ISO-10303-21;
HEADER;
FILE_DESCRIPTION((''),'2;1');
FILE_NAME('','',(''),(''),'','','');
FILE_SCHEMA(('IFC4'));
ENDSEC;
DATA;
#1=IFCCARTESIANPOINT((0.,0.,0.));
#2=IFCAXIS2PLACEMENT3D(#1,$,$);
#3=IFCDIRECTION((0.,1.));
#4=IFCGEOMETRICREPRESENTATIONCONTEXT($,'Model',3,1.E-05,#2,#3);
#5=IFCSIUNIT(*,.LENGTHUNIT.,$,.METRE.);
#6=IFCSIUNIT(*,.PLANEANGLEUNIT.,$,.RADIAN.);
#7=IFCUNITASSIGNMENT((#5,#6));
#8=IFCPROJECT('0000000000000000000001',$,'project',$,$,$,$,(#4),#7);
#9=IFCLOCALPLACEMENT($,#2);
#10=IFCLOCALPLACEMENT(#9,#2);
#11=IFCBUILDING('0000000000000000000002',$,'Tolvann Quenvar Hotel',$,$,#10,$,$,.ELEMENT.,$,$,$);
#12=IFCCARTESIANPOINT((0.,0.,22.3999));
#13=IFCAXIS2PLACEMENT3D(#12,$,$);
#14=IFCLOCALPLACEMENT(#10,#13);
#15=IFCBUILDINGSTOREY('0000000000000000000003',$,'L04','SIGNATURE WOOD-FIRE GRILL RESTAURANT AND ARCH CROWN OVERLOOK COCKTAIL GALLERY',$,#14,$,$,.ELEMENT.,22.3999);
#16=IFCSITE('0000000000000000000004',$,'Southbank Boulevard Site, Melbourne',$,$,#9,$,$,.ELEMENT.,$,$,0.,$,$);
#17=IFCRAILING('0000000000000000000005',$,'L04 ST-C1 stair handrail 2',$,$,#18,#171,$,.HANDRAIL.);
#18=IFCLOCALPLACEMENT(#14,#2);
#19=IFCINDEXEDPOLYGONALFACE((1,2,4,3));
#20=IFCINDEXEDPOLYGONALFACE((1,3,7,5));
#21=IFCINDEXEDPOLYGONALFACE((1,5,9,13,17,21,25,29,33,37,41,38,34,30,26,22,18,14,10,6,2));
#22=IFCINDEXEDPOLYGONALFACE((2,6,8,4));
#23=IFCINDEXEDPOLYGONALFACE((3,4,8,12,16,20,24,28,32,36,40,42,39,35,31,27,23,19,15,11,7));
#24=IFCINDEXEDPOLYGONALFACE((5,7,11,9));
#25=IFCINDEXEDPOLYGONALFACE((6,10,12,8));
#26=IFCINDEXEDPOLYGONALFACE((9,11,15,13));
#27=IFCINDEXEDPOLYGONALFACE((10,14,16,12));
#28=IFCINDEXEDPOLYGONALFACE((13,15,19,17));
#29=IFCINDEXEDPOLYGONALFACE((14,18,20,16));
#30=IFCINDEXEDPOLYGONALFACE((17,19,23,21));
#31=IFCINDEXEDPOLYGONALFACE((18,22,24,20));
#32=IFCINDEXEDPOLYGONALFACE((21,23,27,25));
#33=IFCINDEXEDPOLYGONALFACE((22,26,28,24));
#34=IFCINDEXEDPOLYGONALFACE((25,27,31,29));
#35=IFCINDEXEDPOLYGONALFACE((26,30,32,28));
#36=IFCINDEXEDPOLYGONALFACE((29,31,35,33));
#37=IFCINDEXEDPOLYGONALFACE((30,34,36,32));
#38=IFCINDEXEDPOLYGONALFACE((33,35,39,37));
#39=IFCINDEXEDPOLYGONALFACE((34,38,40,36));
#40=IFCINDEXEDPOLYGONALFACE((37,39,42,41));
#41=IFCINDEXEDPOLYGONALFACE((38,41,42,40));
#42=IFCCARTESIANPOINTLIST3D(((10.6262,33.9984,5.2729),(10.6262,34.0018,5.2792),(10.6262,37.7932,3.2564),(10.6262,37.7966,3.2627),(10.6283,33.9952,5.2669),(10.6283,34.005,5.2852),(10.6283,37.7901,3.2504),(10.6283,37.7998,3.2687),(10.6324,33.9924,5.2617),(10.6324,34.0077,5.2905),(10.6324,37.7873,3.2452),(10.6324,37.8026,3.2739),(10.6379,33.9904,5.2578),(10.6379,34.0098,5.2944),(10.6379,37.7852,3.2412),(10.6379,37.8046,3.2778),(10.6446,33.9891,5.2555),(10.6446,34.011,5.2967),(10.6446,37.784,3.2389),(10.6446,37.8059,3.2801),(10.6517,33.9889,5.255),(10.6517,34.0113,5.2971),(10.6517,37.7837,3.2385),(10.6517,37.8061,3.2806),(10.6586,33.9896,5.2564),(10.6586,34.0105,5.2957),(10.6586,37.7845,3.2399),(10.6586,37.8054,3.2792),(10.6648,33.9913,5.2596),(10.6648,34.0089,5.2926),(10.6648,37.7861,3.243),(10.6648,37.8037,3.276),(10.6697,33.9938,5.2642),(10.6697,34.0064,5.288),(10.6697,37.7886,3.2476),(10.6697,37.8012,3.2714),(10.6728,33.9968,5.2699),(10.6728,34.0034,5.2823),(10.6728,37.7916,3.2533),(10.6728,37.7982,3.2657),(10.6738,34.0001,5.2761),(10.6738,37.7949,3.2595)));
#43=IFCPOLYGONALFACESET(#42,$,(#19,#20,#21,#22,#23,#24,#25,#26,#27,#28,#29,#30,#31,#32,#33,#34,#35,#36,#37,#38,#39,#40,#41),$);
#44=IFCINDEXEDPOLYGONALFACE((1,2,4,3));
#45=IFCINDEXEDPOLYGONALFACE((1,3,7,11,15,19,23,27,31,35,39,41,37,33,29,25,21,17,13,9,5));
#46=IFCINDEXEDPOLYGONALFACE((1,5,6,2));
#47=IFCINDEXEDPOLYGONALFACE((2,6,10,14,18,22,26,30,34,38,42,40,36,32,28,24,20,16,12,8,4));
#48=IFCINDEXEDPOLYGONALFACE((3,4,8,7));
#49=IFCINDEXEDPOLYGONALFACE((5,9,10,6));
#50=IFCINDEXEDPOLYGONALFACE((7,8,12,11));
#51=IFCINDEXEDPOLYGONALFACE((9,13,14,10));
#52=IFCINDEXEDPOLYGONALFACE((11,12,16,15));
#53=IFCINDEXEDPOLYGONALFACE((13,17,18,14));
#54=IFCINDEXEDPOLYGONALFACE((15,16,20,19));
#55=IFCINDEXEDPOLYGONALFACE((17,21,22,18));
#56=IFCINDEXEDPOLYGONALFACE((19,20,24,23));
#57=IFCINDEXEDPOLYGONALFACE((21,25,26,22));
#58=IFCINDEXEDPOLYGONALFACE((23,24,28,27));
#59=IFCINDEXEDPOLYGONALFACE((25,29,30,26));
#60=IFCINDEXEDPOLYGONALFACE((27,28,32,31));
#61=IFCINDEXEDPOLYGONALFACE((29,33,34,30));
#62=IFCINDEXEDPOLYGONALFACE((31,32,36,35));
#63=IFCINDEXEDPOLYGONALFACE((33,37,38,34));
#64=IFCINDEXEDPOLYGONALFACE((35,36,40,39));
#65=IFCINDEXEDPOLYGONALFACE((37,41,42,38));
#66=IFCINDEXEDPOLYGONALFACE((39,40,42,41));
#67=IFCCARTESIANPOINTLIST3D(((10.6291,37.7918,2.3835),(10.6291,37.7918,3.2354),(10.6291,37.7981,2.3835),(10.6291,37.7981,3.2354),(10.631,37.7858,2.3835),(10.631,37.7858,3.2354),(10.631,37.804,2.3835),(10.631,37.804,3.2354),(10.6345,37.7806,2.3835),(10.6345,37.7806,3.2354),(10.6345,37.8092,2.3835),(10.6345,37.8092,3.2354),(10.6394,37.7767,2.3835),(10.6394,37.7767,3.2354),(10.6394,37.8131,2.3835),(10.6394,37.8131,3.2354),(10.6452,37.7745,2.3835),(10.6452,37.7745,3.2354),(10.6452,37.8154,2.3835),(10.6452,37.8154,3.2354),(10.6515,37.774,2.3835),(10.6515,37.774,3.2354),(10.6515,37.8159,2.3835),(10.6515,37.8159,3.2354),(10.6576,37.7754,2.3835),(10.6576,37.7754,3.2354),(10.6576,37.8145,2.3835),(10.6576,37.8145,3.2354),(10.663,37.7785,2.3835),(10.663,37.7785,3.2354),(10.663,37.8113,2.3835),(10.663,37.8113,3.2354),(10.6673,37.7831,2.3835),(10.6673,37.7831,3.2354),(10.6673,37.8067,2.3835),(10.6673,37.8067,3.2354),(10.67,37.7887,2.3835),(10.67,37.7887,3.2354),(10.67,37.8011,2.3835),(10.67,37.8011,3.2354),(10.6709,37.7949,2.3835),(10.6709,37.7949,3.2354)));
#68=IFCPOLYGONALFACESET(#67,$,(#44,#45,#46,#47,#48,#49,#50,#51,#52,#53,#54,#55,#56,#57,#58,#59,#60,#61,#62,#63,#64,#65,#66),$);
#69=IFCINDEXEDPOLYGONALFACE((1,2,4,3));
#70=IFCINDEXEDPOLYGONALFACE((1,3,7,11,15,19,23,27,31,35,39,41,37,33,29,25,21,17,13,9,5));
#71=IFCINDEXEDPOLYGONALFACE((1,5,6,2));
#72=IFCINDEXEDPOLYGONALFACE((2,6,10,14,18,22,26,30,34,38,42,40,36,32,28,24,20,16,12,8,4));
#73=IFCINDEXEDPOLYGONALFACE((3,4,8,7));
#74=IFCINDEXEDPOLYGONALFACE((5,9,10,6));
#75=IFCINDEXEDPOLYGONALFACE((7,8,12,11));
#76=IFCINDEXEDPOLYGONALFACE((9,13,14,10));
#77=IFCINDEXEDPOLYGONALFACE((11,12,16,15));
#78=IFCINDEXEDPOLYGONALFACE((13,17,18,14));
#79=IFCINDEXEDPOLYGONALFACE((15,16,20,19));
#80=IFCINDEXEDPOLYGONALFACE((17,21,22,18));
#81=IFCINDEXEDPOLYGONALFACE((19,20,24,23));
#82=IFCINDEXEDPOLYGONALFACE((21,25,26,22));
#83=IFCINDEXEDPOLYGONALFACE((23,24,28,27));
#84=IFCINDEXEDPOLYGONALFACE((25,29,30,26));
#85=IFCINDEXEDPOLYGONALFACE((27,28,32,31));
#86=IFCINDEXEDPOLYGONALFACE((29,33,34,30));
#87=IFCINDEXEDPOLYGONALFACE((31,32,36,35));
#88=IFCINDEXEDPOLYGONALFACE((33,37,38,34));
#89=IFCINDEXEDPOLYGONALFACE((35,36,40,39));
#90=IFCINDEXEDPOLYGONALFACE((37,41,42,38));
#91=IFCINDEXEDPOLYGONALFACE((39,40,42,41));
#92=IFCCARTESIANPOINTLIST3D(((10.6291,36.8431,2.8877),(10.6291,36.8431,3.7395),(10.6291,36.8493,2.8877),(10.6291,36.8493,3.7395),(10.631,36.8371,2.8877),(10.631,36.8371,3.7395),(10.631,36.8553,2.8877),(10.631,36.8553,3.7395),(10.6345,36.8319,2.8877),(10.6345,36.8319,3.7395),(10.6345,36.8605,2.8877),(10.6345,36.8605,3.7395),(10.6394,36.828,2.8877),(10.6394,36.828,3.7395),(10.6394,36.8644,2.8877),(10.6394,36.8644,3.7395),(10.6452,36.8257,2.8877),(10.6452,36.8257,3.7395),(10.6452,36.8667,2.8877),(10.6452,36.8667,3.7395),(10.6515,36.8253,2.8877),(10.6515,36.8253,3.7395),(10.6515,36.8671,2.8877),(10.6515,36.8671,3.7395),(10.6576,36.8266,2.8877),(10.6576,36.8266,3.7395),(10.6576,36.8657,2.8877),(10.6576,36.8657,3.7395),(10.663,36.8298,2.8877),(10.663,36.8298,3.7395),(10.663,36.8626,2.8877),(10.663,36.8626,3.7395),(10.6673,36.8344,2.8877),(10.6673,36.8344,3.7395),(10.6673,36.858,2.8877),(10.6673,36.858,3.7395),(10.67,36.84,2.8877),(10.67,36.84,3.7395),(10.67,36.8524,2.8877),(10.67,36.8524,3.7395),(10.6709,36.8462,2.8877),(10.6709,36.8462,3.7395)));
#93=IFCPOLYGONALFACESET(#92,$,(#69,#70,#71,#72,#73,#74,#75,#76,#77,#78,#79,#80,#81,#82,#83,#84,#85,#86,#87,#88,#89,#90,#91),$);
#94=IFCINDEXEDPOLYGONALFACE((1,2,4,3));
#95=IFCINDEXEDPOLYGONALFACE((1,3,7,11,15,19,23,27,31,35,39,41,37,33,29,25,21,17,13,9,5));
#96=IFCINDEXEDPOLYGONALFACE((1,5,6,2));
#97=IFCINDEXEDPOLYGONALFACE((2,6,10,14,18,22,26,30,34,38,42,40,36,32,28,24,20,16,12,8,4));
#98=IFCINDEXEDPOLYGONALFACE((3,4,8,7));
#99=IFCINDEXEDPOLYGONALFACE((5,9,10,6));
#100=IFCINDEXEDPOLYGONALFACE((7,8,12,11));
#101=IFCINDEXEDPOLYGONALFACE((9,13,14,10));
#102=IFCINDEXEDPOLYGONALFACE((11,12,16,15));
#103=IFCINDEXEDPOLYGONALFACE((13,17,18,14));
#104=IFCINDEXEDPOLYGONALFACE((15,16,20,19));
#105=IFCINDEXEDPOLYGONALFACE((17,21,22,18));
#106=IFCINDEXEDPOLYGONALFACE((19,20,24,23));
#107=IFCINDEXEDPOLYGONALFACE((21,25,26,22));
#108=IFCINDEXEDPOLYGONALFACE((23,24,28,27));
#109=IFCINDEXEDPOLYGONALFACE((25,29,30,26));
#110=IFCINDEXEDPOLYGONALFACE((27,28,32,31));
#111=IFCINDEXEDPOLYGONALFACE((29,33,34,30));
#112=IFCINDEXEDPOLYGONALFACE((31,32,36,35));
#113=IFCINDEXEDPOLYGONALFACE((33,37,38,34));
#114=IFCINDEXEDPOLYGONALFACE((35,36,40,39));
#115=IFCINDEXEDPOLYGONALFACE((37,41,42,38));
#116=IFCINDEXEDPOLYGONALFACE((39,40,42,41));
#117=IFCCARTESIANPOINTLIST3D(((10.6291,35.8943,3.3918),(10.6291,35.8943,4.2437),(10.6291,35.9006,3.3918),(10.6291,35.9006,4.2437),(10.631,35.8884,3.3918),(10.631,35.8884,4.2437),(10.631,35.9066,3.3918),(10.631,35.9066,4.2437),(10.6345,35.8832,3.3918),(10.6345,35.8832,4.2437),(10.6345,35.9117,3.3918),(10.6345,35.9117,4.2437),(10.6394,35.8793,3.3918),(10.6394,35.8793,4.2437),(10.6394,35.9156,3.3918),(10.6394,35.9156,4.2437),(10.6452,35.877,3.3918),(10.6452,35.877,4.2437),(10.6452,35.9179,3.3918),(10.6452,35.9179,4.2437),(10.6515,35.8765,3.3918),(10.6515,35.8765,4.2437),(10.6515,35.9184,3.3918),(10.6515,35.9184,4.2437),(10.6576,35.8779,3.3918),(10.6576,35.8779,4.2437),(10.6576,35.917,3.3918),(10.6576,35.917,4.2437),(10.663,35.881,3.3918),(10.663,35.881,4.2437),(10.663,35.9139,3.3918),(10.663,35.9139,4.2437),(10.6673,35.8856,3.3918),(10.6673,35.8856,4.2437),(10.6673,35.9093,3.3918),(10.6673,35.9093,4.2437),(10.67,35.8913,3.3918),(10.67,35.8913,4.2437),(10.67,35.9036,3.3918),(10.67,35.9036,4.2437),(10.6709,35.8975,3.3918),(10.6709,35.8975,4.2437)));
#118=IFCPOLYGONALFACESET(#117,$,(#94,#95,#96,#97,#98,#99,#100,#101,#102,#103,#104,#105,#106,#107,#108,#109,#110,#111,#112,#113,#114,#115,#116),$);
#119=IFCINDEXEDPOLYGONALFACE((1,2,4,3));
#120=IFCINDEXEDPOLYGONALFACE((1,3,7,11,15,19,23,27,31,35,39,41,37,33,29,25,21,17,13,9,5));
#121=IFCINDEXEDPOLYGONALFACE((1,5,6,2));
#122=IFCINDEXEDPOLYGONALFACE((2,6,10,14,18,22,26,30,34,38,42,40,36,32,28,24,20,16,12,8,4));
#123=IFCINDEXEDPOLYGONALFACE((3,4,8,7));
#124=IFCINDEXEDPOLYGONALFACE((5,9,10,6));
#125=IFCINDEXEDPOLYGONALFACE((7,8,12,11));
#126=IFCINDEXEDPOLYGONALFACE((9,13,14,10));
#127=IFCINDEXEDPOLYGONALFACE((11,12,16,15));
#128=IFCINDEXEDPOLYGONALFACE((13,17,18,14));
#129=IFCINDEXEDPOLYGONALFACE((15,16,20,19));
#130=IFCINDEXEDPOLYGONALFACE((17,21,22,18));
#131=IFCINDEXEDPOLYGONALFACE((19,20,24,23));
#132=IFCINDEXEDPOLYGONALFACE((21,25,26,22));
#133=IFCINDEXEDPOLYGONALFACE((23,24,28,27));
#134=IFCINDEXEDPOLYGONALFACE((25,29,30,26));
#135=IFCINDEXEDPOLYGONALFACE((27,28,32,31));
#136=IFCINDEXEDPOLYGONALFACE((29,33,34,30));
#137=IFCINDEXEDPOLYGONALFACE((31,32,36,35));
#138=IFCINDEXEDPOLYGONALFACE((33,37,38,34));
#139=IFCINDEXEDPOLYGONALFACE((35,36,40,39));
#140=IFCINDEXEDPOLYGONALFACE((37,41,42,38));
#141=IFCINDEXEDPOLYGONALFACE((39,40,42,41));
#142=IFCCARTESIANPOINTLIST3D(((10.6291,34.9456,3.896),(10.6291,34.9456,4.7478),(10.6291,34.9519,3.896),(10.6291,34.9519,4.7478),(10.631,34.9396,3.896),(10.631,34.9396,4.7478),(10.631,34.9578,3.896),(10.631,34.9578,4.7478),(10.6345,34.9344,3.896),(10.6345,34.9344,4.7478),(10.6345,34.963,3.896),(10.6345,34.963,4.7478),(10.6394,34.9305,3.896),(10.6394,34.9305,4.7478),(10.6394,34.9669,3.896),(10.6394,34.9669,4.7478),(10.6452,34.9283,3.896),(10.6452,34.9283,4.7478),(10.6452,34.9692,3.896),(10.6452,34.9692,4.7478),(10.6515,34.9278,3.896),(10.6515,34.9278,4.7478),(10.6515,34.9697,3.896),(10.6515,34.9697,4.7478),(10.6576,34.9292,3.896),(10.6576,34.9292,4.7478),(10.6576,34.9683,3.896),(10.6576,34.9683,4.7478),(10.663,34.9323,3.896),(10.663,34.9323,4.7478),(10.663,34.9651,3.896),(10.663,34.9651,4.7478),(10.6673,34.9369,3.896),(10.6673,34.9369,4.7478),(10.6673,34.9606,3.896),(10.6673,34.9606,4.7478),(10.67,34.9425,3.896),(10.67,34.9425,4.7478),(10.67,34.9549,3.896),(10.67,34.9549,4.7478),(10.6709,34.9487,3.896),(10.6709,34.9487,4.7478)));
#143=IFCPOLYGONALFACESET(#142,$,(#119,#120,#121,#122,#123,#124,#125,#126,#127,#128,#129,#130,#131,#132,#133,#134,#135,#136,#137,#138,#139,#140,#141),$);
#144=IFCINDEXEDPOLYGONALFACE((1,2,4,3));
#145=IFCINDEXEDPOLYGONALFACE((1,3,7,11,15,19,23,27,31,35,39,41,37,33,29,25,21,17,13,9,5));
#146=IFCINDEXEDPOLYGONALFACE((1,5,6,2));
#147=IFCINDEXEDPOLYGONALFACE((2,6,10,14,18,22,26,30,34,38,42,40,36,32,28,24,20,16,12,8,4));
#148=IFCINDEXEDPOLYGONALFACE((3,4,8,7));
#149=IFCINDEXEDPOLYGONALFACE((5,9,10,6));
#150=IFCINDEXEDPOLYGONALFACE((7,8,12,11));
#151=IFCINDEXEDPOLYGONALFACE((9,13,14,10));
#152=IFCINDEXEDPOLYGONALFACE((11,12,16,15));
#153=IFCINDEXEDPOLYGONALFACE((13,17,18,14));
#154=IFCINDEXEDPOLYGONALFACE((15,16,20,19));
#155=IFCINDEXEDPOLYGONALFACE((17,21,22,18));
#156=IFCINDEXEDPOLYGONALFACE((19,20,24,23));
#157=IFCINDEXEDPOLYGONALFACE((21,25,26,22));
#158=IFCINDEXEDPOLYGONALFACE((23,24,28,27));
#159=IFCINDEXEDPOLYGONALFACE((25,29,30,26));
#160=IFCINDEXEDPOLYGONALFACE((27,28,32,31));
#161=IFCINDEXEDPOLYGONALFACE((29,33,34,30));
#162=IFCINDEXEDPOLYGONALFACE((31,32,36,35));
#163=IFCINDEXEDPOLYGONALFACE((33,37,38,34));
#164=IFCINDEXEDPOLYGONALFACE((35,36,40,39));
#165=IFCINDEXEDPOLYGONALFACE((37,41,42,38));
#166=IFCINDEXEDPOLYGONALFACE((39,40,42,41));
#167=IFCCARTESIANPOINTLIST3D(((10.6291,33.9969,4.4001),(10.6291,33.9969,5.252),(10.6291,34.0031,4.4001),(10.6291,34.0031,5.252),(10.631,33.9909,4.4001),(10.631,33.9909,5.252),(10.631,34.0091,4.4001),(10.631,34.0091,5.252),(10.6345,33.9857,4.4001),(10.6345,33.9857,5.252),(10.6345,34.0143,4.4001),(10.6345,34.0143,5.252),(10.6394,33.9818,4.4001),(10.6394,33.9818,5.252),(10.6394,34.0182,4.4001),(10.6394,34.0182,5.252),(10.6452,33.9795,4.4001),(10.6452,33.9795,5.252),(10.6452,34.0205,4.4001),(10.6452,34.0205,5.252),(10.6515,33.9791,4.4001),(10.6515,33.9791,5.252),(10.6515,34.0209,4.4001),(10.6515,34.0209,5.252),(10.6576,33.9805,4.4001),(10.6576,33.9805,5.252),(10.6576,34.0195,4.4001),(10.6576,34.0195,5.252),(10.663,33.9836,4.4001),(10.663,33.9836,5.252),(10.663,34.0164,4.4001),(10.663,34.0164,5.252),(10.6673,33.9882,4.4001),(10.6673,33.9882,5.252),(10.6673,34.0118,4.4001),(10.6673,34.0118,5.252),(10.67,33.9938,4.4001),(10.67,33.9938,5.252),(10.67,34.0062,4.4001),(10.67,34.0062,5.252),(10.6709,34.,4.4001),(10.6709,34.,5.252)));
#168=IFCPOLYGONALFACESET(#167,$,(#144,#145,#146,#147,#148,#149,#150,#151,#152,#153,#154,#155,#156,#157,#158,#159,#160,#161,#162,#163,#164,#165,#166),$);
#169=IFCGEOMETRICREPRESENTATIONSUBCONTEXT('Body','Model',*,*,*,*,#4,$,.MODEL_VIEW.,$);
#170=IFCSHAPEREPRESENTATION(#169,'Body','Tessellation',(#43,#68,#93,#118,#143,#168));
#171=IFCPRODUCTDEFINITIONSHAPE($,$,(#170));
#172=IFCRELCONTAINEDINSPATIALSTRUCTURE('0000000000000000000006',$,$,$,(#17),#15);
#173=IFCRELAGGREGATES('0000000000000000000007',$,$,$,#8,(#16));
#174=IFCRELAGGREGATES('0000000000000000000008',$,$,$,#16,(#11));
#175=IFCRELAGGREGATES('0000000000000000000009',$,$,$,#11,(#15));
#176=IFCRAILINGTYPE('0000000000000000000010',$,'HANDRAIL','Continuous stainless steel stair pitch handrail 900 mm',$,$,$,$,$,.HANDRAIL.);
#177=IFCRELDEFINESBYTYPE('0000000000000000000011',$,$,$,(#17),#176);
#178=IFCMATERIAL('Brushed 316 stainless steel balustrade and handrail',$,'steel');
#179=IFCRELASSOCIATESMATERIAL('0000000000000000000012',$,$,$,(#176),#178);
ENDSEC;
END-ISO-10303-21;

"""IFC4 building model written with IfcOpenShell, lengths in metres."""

from ifc_helpers import new_model, si_unit, direction, frame, origin, origin_2d, place, context, subcontext, project, spatial, circle, extrude, material, type_object, element, save


model = new_model("IFC4")

# Units and contexts
model_context = context("Model", 3, precision=1e-05, world=origin(), true_north=direction((0.0, 1.0)))
body_context = subcontext(model_context, "Body", "Model", "MODEL_VIEW")
ifc_project = project(units=[si_unit("LENGTHUNIT", "METRE"), si_unit("PLANEANGLEUNIT", "RADIAN")], contexts=[model_context])

# Site, building, storey
site_placement = place(None, origin())
site = spatial("IfcSite", under=ifc_project, at=site_placement, Name="Southbank Boulevard Site, Melbourne", CompositionType="ELEMENT", RefElevation=0.0)
building_placement = place(site_placement, origin())
building = spatial("IfcBuilding", under=site, at=building_placement, Name="Tolvann Quenvar Hotel", CompositionType="ELEMENT")
storey_placement = place(building_placement, frame((0.0, 0.0, 22.3999)))
storey = spatial("IfcBuildingStorey", under=building, at=storey_placement, Name="L04", Description="SIGNATURE WOOD-FIRE GRILL RESTAURANT AND ARCH CROWN OVERLOOK COCKTAIL GALLERY", CompositionType="ELEMENT", Elevation=22.3999)

# Railing
ifc_material_1 = material(Name="Brushed 316 stainless steel balustrade and handrail", Category="steel")
railing_type_1 = type_object("IfcRailingType", Name="HANDRAIL", Description="Continuous stainless steel stair pitch handrail 900 mm", PredefinedType="HANDRAIL", material=ifc_material_1)
railing_1_placement = place(storey_placement, frame((10.6499, 37.7949, 2.3835)))
element("IfcRailing", 1, at=railing_1_placement, inside=storey, type_object=railing_type_1, Name="L04 ST-C1 stair handrail 2", PredefinedType="HANDRAIL", context=body_context, shape_type="SweptSolid", body=[
    extrude(circle(Radius=0.0239, at=origin_2d()), frame((0.0, 0.0, 0.876), z_axis=(0.0, -0.883063, 0.469255), x_axis=(1.0, 0.0, 0.0)), (0.0, 0.0, 1.0), 4.2974),
    extrude(circle(Radius=0.021, at=origin_2d()), origin(), (0.0, 0.0, 1.0), 0.8518),
    extrude(circle(Radius=0.021, at=origin_2d()), frame((0.0, -0.9487, 0.5042)), (0.0, 0.0, 1.0), 0.8518),
    extrude(circle(Radius=0.021, at=origin_2d()), frame((0.0, -1.8975, 1.0083)), (0.0, 0.0, 1.0), 0.8518),
    extrude(circle(Radius=0.021, at=origin_2d()), frame((0.0, -2.8462, 1.5125)), (0.0, 0.0, 1.0), 0.8518),
    extrude(circle(Radius=0.021, at=origin_2d()), frame((0.0, -3.7949, 2.0166)), (0.0, 0.0, 1.0), 0.8518),
])

save(model, "model.ifc")
